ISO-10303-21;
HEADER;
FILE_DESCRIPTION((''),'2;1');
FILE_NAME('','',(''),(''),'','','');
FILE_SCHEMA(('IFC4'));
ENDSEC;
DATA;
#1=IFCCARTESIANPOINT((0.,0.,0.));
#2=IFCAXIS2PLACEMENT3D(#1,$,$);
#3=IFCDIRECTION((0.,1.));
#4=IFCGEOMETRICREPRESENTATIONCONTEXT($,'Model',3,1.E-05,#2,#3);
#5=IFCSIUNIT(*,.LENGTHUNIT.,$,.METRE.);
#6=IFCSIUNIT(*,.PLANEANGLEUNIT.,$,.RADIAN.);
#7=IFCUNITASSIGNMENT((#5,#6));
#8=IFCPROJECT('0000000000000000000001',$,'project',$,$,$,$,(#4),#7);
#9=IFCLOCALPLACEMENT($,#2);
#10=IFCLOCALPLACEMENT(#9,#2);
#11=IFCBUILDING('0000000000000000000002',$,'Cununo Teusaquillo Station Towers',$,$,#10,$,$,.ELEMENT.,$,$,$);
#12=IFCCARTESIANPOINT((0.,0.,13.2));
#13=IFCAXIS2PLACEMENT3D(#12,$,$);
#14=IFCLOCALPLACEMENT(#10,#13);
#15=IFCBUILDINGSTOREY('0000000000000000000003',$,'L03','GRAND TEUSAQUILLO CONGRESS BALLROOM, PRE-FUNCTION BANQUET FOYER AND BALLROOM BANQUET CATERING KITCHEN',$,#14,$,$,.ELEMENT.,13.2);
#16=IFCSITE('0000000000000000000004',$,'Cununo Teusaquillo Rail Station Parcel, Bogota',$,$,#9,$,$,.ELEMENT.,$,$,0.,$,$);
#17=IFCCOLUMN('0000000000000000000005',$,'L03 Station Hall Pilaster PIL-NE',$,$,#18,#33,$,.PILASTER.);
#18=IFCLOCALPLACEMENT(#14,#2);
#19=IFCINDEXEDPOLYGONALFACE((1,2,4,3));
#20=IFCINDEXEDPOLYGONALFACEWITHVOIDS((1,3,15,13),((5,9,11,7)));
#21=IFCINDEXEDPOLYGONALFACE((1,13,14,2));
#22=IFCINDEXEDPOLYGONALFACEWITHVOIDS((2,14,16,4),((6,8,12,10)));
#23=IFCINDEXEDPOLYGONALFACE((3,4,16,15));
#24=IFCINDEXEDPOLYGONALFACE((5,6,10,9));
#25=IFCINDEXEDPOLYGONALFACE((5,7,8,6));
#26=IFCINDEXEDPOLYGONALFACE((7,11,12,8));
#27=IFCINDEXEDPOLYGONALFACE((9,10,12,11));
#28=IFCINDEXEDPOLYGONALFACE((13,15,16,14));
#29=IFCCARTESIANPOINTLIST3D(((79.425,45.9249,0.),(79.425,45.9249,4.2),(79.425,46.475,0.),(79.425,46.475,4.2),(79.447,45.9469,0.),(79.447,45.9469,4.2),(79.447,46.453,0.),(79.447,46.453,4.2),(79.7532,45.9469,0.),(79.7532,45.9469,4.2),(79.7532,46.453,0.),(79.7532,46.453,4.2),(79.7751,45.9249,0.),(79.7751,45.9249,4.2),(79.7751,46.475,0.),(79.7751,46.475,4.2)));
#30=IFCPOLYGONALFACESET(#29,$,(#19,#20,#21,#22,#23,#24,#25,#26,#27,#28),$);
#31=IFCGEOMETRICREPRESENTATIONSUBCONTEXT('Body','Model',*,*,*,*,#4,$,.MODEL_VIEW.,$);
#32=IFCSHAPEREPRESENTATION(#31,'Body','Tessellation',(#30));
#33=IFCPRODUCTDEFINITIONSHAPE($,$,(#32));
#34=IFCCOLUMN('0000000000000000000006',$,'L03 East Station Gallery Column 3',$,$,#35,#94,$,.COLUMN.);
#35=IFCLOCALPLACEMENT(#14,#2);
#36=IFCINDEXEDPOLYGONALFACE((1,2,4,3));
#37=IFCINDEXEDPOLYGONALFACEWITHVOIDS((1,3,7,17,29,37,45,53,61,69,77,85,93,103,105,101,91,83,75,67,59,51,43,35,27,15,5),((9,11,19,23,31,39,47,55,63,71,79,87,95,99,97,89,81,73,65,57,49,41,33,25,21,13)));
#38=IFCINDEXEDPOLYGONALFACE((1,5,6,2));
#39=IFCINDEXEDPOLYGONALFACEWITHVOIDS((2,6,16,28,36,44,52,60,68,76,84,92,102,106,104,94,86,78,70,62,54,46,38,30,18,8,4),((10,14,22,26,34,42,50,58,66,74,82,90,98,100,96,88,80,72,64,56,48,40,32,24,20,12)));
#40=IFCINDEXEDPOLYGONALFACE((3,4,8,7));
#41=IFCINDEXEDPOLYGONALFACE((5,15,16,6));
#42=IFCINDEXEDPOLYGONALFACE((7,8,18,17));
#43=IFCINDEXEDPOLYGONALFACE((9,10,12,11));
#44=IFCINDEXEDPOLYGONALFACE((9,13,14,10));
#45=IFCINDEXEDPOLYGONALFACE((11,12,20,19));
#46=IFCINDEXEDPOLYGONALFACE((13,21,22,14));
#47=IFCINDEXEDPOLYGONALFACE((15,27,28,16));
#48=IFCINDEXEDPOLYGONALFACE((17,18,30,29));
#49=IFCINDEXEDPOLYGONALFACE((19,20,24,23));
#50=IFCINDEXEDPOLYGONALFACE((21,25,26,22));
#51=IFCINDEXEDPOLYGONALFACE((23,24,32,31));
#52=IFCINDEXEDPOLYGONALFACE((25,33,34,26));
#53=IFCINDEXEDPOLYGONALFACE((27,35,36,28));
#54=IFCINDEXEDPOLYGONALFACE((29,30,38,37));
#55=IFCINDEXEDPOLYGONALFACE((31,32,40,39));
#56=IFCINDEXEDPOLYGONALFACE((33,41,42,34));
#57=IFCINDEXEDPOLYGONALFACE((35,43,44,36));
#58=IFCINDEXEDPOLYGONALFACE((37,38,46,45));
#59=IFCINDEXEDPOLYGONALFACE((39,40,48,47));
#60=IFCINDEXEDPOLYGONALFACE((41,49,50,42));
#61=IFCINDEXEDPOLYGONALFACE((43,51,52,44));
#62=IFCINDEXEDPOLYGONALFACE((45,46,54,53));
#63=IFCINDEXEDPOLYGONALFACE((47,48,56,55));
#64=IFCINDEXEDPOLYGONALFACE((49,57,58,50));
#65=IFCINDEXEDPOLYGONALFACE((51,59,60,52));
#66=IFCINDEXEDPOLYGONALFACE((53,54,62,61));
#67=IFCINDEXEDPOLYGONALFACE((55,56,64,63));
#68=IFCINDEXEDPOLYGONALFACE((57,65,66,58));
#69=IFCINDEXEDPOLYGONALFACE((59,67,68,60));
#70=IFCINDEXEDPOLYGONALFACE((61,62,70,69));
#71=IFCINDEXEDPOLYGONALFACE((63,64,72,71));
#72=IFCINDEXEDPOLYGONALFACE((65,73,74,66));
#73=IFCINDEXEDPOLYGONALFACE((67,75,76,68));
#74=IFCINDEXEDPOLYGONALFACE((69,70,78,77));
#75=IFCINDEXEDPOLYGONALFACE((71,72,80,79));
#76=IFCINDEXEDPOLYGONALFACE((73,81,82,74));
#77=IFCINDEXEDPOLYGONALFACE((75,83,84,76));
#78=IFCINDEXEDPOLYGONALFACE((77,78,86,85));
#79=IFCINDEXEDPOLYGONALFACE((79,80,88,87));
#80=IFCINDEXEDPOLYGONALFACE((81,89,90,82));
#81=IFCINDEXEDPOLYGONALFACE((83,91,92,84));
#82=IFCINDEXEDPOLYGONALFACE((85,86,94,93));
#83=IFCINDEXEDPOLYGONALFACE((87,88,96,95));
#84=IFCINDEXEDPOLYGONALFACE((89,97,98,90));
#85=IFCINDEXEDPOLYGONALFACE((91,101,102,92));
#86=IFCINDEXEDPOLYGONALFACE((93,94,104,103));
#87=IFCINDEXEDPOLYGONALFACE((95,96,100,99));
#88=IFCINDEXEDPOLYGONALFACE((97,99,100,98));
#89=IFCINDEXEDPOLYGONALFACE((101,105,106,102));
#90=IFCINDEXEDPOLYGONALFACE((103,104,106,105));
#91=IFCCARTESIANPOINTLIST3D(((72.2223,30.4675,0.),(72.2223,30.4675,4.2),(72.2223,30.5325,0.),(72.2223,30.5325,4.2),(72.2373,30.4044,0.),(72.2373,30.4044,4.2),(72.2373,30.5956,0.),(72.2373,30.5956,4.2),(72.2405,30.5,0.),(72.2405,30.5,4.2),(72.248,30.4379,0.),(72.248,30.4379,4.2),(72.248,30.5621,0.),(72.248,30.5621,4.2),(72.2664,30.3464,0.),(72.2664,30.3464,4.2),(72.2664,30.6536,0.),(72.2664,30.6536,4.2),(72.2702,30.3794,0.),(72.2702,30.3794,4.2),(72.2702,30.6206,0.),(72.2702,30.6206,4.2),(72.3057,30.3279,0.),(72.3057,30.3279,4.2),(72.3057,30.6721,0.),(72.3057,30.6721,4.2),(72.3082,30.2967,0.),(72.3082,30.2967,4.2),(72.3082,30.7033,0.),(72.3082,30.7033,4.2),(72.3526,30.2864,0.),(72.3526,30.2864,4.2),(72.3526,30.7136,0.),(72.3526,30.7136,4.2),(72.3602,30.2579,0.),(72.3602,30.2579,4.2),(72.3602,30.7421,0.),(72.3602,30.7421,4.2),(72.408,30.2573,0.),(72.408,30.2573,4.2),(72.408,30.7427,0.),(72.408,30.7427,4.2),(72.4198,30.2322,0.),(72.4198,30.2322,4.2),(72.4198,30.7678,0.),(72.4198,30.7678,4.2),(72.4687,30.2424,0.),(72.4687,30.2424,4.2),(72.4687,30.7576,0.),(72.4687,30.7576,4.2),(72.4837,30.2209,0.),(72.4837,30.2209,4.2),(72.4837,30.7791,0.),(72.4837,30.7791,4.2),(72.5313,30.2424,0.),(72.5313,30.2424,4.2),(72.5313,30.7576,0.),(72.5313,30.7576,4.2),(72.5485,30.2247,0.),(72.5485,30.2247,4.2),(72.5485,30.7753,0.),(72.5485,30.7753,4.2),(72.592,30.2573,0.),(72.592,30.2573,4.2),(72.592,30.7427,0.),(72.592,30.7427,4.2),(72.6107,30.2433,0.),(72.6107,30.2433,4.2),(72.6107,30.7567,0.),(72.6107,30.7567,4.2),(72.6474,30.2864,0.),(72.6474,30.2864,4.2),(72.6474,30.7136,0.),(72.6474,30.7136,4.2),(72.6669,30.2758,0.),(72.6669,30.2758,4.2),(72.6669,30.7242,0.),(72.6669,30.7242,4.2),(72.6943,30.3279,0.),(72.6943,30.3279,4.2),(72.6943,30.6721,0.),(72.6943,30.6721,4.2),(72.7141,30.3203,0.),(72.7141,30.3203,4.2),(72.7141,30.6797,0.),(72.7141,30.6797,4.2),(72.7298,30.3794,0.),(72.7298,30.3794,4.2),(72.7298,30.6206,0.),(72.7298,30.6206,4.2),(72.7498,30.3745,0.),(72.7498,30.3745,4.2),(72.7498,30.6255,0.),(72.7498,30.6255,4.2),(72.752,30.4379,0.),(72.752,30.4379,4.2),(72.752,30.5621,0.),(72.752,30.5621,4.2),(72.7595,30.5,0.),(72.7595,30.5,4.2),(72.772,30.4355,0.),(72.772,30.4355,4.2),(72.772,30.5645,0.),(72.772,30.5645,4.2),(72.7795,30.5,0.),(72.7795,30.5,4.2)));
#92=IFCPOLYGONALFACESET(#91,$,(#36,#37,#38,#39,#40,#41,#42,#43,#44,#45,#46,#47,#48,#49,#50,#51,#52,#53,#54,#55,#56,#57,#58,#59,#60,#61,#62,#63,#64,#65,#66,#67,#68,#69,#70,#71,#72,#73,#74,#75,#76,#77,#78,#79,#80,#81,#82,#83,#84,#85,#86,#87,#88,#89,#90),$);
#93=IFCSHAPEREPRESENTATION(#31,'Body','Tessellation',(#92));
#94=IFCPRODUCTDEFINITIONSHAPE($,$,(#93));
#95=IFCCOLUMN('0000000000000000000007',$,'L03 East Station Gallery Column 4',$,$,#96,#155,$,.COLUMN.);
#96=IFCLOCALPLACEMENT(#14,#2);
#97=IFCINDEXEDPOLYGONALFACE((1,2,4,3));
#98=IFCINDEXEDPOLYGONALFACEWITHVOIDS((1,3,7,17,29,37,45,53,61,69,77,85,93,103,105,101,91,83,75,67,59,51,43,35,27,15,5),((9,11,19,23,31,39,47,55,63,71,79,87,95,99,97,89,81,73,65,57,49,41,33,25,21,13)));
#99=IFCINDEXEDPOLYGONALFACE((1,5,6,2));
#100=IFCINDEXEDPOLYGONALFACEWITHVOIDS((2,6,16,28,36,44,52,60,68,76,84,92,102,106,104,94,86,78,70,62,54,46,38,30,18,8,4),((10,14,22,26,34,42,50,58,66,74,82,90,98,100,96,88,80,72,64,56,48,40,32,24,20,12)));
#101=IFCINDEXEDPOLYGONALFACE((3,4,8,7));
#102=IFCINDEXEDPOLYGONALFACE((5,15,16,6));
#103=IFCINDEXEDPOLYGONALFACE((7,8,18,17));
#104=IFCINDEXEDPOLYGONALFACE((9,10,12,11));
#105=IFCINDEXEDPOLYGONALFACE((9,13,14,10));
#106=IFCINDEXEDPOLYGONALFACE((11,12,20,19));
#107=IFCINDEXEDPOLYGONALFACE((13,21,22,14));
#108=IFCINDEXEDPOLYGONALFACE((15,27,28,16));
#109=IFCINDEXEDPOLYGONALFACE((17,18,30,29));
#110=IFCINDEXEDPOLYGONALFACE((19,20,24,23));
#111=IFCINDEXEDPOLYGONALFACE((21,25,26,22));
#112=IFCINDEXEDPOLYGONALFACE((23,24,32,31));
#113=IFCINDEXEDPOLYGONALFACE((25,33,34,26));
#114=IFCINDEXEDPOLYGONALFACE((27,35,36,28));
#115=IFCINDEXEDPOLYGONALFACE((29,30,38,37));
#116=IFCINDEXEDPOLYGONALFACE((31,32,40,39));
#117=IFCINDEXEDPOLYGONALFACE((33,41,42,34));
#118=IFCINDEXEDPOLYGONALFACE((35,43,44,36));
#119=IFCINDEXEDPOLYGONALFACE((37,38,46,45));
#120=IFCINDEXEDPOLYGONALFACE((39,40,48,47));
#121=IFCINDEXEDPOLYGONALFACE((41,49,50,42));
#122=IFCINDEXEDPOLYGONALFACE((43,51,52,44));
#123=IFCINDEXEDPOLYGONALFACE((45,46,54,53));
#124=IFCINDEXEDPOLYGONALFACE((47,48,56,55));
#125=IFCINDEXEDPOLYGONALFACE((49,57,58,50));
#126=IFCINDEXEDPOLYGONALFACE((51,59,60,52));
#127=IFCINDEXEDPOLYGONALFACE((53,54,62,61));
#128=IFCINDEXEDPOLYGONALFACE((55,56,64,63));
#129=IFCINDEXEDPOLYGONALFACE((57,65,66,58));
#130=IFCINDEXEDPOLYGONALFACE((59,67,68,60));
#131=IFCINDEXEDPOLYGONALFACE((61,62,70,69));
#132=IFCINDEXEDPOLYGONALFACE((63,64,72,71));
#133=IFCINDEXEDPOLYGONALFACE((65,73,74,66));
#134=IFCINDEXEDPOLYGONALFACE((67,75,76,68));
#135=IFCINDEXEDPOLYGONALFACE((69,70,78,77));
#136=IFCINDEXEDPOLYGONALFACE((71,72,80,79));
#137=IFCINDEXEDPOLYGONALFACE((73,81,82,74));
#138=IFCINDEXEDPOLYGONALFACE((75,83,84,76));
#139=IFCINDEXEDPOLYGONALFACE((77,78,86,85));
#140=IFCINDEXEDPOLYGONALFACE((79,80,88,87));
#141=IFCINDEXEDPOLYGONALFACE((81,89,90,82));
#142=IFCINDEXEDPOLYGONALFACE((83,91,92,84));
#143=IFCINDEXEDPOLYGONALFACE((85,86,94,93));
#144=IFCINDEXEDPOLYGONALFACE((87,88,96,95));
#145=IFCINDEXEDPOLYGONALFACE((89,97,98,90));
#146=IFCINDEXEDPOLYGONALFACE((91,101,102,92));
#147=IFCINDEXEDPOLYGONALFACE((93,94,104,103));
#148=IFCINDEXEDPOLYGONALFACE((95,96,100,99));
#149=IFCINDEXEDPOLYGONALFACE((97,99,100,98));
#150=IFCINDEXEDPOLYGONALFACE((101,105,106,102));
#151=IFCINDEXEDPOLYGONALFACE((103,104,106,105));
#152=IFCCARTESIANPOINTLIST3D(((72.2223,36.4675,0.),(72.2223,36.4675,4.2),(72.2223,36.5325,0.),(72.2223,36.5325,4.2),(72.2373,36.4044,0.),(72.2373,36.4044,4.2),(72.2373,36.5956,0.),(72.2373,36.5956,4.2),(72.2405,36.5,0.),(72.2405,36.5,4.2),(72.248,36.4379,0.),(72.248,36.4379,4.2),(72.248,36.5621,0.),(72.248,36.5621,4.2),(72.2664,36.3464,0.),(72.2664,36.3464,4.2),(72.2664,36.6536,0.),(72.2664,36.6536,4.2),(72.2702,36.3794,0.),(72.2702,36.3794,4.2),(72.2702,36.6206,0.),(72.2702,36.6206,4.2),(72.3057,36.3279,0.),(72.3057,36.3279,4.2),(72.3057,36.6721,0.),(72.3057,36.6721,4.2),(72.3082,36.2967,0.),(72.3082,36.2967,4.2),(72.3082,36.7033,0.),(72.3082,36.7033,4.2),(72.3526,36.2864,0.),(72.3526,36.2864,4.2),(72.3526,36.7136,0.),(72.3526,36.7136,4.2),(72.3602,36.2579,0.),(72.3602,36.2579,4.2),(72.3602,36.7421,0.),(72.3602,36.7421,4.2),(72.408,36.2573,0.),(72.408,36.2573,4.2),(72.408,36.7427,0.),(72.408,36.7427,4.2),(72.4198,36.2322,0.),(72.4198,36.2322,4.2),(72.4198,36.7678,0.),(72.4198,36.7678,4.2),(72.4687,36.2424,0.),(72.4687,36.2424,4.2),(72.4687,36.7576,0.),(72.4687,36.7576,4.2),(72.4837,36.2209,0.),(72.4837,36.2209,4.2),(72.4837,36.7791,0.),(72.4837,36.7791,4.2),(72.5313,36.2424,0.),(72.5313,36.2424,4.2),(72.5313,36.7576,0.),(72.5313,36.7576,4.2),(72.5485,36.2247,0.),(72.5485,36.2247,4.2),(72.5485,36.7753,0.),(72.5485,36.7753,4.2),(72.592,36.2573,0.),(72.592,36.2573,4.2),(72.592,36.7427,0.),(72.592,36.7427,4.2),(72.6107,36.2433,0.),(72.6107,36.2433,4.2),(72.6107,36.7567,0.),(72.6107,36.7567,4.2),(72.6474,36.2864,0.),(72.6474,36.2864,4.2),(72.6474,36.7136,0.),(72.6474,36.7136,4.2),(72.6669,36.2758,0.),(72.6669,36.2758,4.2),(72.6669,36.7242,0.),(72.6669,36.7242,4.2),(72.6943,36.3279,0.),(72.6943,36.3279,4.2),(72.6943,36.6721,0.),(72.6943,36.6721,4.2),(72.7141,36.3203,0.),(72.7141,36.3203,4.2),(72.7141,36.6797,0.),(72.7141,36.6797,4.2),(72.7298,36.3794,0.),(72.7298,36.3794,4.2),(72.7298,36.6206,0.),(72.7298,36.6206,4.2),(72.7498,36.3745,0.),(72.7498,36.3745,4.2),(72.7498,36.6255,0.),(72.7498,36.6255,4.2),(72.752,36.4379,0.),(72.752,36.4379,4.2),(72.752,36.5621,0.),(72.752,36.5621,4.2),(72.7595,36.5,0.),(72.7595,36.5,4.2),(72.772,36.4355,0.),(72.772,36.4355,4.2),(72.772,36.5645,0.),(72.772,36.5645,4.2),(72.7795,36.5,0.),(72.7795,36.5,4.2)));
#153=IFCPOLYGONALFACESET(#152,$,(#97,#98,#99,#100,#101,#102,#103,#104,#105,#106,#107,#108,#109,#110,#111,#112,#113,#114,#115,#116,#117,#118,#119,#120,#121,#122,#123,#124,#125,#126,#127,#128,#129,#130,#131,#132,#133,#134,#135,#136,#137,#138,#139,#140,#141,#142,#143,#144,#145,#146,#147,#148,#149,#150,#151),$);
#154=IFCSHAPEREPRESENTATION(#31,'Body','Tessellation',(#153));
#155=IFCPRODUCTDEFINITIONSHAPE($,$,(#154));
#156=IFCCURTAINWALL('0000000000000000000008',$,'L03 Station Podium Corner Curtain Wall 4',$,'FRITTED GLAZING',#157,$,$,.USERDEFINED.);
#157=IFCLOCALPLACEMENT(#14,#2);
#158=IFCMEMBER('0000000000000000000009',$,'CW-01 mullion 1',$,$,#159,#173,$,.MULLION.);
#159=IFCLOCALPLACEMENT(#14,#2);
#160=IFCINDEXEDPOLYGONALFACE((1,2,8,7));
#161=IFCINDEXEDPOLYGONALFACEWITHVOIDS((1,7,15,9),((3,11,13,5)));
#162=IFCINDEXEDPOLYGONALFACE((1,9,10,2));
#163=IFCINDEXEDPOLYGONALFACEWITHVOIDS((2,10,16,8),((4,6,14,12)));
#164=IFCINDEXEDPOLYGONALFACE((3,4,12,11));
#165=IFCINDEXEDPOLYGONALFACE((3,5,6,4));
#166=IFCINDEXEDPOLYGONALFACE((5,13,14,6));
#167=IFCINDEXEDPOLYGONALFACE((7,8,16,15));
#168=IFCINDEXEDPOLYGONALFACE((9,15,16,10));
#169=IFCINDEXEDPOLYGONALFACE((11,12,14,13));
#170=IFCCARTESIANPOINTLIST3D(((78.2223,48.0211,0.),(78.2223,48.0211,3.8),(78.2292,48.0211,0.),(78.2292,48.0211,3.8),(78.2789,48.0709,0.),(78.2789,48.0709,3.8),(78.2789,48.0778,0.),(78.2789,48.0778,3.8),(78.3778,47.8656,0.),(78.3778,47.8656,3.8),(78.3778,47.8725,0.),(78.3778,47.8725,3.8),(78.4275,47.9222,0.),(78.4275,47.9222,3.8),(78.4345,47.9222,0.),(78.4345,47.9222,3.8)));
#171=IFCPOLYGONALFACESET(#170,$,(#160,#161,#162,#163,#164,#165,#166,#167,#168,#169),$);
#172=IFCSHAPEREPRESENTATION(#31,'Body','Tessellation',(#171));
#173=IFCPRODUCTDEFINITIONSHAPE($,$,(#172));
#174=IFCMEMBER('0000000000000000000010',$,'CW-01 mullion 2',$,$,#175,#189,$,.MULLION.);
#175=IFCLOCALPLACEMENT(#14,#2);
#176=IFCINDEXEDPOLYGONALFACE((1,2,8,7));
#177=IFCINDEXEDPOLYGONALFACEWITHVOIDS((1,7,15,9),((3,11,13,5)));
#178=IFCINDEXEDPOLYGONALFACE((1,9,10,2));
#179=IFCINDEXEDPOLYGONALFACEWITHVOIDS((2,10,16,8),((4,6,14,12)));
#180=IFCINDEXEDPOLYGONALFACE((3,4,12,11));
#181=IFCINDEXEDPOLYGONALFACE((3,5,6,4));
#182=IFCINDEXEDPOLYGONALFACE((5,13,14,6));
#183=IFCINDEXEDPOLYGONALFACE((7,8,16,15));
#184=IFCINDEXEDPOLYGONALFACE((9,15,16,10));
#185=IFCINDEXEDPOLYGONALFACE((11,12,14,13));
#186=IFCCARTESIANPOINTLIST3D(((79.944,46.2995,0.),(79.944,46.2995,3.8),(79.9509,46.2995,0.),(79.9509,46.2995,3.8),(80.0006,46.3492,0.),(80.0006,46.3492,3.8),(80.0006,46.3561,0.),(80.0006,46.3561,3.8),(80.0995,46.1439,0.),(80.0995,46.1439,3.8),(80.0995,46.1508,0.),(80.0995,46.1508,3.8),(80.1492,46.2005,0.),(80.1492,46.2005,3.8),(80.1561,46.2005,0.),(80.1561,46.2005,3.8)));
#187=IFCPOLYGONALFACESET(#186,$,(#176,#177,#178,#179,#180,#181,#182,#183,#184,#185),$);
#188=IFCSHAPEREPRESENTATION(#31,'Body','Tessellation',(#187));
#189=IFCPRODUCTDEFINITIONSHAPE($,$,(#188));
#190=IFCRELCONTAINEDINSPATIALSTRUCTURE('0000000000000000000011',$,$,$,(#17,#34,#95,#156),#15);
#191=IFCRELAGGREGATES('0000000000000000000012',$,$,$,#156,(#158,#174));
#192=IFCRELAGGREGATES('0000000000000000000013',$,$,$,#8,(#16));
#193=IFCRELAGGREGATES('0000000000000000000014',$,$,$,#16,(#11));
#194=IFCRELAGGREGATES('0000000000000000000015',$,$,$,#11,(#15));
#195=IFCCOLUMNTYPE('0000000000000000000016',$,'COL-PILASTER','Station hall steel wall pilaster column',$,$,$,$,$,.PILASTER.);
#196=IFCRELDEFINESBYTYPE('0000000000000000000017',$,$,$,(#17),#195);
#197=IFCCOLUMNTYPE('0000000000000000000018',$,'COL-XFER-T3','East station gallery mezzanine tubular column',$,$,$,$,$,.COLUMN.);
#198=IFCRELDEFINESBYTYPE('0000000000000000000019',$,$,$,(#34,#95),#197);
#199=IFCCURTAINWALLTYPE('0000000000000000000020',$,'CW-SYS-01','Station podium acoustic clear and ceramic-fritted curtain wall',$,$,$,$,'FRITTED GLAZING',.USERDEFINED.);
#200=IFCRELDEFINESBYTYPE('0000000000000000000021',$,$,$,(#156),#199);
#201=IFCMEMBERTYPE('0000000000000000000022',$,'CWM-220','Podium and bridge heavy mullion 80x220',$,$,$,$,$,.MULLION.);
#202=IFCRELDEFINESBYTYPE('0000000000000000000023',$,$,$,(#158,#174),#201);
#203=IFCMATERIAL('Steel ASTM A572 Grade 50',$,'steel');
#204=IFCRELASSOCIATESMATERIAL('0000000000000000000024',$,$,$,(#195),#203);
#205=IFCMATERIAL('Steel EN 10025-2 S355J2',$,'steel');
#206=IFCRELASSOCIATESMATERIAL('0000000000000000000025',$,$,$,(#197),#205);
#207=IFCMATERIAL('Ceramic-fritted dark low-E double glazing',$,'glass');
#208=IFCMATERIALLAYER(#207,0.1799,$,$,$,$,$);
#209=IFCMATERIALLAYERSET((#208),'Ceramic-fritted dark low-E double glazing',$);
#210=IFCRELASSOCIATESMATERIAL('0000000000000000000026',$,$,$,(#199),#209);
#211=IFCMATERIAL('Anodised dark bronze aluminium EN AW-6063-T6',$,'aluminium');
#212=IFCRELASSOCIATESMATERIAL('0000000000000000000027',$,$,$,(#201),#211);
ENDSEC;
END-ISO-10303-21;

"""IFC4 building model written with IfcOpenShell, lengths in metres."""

from ifc_helpers import new_model, si_unit, direction, frame, origin, origin_2d, place, context, subcontext, project, spatial, hollow_rectangle, hollow_circle, extrude, material, layer, layer_set, material_profile, profile_set, type_object, element, aggregate, save


model = new_model("IFC4")

# Units and contexts
model_context = context("Model", 3, precision=1e-05, world=origin(), true_north=direction((0.0, 1.0)))
body_context = subcontext(model_context, "Body", "Model", "MODEL_VIEW")
ifc_project = project(units=[si_unit("LENGTHUNIT", "METRE"), si_unit("PLANEANGLEUNIT", "RADIAN")], contexts=[model_context])

# Site, building, storey
site_placement = place(None, origin())
site = spatial("IfcSite", under=ifc_project, at=site_placement, Name="Cununo Teusaquillo Rail Station Parcel, Bogota", CompositionType="ELEMENT", RefElevation=0.0)
building_placement = place(site_placement, origin())
building = spatial("IfcBuilding", under=site, at=building_placement, Name="Cununo Teusaquillo Station Towers", CompositionType="ELEMENT")
storey_placement = place(building_placement, frame((0.0, 0.0, 13.2)))
storey = spatial("IfcBuildingStorey", under=building, at=storey_placement, Name="L03", Description="GRAND TEUSAQUILLO CONGRESS BALLROOM, PRE-FUNCTION BANQUET FOYER AND BALLROOM BANQUET CATERING KITCHEN", CompositionType="ELEMENT", Elevation=13.2)

# Columns
ifc_material_1 = material(Name="Steel ASTM A572 Grade 50", Category="steel")
ifc_material_profile_1 = material_profile(ifc_material_1, hollow_rectangle(XDim=0.3501, YDim=0.55, WallThickness=0.022, at=origin_2d()), Name="RHS 550x350x22")
ifc_profile_set_1 = profile_set([ifc_material_profile_1], Name="Steel ASTM A572 Grade 50")
column_type_1 = type_object("IfcColumnType", Name="COL-PILASTER", Description="Station hall steel wall pilaster column", PredefinedType="PILASTER", material=ifc_profile_set_1)
column_placement = place(storey_placement, frame((79.6001, 46.2, 0.0), z_axis=(0.0, 0.0, 1.0), x_axis=(1.0, 0.0, 0.0)))
element("IfcColumn", 1, at=column_placement, inside=storey, type_object=column_type_1, Name="L03 Station Hall Pilaster PIL-NE", PredefinedType="PILASTER", context=body_context, shape_type="SweptSolid", body=[
    extrude(hollow_rectangle(XDim=0.3501, YDim=0.55, WallThickness=0.022, at=origin_2d()), origin(), (0.0, 0.0, 1.0), 4.2),
])
ifc_material_2 = material(Name="Steel EN 10025-2 S355J2", Category="steel")
ifc_material_profile_2 = material_profile(ifc_material_2, hollow_circle(Radius=0.2795, WallThickness=0.02, at=origin_2d()), Name="CHS 559x20")
ifc_profile_set_2 = profile_set([ifc_material_profile_2], Name="Steel EN 10025-2 S355J2")
column_type_2 = type_object("IfcColumnType", Name="COL-XFER-T3", Description="East station gallery mezzanine tubular column", PredefinedType="COLUMN", material=ifc_profile_set_2)
for number, where, z_axis, x_axis, name in (
    (2, (72.5, 30.5, 0.0), (0.0, 0.0, 1.0), (1.0, 0.0, 0.0), "L03 East Station Gallery Column 3"),
    (3, (72.5, 36.5, 0.0), (0.0, 0.0, 1.0), (1.0, 0.0, 0.0), "L03 East Station Gallery Column 4"),
):
    element("IfcColumn", number, at=place(storey_placement, frame(where, z_axis=z_axis, x_axis=x_axis)), inside=storey, type_object=column_type_2, Name=name, PredefinedType="COLUMN", context=body_context, shape_type="SweptSolid", body=[
        extrude(hollow_circle(Radius=0.2795, WallThickness=0.02, at=origin_2d()), origin(), (0.0, 0.0, 1.0), 4.2),
    ])

# Curtain wall, members
ifc_material_3 = material(Name="Ceramic-fritted dark low-E double glazing", Category="glass")
ifc_layer_1 = layer(ifc_material_3, 0.1799)
ifc_layer_set_1 = layer_set([ifc_layer_1], Name="Ceramic-fritted dark low-E double glazing")
curtain_wall_type = type_object("IfcCurtainWallType", Name="CW-SYS-01", Description="Station podium acoustic clear and ceramic-fritted curtain wall", ElementType="FRITTED GLAZING", PredefinedType="USERDEFINED", material=ifc_layer_set_1)
curtain_wall_placement = place(storey_placement, origin())
curtain_wall = element("IfcCurtainWall", 4, at=curtain_wall_placement, inside=storey, type_object=curtain_wall_type, Name="L03 Station Podium Corner Curtain Wall 4", ObjectType="FRITTED GLAZING", PredefinedType="USERDEFINED")
ifc_material_4 = material(Name="Anodised dark bronze aluminium EN AW-6063-T6", Category="aluminium")
ifc_material_profile_3 = material_profile(ifc_material_4, hollow_rectangle(XDim=0.0801, YDim=0.22, WallThickness=0.0049, at=origin_2d()), Name="CW-MULL-80x220")
ifc_profile_set_3 = profile_set([ifc_material_profile_3], Name="Anodised dark bronze aluminium EN AW-6063-T6")
member_type_1 = type_object("IfcMemberType", Name="CWM-220", Description="Podium and bridge heavy mullion 80x220", PredefinedType="MULLION", material=ifc_profile_set_3)
member_1_placement = place(storey_placement, frame((78.3284, 47.9717, 0.0), z_axis=(0.0, 0.0, 1.0), x_axis=(0.707107, 0.707107, 0.0)))
member_1 = element("IfcMember", 5, at=member_1_placement, type_object=member_type_1, Name="CW-01 mullion 1", PredefinedType="MULLION", context=body_context, shape_type="SweptSolid", body=[
    extrude(hollow_rectangle(XDim=0.0801, YDim=0.22, WallThickness=0.0049, at=origin_2d()), origin(), (0.0, 0.0, 1.0), 3.8),
])
member_2_placement = place(storey_placement, frame((80.05, 46.25, 0.0), z_axis=(0.0, 0.0, 1.0), x_axis=(0.707107, 0.707107, 0.0)))
member_2 = element("IfcMember", 6, at=member_2_placement, type_object=member_type_1, Name="CW-01 mullion 2", PredefinedType="MULLION", context=body_context, shape_type="SweptSolid", body=[
    extrude(hollow_rectangle(XDim=0.0801, YDim=0.22, WallThickness=0.0049, at=origin_2d()), origin(), (0.0, 0.0, 1.0), 3.8),
])

aggregate(curtain_wall, [member_1, member_2])

save(model, "model.ifc")
